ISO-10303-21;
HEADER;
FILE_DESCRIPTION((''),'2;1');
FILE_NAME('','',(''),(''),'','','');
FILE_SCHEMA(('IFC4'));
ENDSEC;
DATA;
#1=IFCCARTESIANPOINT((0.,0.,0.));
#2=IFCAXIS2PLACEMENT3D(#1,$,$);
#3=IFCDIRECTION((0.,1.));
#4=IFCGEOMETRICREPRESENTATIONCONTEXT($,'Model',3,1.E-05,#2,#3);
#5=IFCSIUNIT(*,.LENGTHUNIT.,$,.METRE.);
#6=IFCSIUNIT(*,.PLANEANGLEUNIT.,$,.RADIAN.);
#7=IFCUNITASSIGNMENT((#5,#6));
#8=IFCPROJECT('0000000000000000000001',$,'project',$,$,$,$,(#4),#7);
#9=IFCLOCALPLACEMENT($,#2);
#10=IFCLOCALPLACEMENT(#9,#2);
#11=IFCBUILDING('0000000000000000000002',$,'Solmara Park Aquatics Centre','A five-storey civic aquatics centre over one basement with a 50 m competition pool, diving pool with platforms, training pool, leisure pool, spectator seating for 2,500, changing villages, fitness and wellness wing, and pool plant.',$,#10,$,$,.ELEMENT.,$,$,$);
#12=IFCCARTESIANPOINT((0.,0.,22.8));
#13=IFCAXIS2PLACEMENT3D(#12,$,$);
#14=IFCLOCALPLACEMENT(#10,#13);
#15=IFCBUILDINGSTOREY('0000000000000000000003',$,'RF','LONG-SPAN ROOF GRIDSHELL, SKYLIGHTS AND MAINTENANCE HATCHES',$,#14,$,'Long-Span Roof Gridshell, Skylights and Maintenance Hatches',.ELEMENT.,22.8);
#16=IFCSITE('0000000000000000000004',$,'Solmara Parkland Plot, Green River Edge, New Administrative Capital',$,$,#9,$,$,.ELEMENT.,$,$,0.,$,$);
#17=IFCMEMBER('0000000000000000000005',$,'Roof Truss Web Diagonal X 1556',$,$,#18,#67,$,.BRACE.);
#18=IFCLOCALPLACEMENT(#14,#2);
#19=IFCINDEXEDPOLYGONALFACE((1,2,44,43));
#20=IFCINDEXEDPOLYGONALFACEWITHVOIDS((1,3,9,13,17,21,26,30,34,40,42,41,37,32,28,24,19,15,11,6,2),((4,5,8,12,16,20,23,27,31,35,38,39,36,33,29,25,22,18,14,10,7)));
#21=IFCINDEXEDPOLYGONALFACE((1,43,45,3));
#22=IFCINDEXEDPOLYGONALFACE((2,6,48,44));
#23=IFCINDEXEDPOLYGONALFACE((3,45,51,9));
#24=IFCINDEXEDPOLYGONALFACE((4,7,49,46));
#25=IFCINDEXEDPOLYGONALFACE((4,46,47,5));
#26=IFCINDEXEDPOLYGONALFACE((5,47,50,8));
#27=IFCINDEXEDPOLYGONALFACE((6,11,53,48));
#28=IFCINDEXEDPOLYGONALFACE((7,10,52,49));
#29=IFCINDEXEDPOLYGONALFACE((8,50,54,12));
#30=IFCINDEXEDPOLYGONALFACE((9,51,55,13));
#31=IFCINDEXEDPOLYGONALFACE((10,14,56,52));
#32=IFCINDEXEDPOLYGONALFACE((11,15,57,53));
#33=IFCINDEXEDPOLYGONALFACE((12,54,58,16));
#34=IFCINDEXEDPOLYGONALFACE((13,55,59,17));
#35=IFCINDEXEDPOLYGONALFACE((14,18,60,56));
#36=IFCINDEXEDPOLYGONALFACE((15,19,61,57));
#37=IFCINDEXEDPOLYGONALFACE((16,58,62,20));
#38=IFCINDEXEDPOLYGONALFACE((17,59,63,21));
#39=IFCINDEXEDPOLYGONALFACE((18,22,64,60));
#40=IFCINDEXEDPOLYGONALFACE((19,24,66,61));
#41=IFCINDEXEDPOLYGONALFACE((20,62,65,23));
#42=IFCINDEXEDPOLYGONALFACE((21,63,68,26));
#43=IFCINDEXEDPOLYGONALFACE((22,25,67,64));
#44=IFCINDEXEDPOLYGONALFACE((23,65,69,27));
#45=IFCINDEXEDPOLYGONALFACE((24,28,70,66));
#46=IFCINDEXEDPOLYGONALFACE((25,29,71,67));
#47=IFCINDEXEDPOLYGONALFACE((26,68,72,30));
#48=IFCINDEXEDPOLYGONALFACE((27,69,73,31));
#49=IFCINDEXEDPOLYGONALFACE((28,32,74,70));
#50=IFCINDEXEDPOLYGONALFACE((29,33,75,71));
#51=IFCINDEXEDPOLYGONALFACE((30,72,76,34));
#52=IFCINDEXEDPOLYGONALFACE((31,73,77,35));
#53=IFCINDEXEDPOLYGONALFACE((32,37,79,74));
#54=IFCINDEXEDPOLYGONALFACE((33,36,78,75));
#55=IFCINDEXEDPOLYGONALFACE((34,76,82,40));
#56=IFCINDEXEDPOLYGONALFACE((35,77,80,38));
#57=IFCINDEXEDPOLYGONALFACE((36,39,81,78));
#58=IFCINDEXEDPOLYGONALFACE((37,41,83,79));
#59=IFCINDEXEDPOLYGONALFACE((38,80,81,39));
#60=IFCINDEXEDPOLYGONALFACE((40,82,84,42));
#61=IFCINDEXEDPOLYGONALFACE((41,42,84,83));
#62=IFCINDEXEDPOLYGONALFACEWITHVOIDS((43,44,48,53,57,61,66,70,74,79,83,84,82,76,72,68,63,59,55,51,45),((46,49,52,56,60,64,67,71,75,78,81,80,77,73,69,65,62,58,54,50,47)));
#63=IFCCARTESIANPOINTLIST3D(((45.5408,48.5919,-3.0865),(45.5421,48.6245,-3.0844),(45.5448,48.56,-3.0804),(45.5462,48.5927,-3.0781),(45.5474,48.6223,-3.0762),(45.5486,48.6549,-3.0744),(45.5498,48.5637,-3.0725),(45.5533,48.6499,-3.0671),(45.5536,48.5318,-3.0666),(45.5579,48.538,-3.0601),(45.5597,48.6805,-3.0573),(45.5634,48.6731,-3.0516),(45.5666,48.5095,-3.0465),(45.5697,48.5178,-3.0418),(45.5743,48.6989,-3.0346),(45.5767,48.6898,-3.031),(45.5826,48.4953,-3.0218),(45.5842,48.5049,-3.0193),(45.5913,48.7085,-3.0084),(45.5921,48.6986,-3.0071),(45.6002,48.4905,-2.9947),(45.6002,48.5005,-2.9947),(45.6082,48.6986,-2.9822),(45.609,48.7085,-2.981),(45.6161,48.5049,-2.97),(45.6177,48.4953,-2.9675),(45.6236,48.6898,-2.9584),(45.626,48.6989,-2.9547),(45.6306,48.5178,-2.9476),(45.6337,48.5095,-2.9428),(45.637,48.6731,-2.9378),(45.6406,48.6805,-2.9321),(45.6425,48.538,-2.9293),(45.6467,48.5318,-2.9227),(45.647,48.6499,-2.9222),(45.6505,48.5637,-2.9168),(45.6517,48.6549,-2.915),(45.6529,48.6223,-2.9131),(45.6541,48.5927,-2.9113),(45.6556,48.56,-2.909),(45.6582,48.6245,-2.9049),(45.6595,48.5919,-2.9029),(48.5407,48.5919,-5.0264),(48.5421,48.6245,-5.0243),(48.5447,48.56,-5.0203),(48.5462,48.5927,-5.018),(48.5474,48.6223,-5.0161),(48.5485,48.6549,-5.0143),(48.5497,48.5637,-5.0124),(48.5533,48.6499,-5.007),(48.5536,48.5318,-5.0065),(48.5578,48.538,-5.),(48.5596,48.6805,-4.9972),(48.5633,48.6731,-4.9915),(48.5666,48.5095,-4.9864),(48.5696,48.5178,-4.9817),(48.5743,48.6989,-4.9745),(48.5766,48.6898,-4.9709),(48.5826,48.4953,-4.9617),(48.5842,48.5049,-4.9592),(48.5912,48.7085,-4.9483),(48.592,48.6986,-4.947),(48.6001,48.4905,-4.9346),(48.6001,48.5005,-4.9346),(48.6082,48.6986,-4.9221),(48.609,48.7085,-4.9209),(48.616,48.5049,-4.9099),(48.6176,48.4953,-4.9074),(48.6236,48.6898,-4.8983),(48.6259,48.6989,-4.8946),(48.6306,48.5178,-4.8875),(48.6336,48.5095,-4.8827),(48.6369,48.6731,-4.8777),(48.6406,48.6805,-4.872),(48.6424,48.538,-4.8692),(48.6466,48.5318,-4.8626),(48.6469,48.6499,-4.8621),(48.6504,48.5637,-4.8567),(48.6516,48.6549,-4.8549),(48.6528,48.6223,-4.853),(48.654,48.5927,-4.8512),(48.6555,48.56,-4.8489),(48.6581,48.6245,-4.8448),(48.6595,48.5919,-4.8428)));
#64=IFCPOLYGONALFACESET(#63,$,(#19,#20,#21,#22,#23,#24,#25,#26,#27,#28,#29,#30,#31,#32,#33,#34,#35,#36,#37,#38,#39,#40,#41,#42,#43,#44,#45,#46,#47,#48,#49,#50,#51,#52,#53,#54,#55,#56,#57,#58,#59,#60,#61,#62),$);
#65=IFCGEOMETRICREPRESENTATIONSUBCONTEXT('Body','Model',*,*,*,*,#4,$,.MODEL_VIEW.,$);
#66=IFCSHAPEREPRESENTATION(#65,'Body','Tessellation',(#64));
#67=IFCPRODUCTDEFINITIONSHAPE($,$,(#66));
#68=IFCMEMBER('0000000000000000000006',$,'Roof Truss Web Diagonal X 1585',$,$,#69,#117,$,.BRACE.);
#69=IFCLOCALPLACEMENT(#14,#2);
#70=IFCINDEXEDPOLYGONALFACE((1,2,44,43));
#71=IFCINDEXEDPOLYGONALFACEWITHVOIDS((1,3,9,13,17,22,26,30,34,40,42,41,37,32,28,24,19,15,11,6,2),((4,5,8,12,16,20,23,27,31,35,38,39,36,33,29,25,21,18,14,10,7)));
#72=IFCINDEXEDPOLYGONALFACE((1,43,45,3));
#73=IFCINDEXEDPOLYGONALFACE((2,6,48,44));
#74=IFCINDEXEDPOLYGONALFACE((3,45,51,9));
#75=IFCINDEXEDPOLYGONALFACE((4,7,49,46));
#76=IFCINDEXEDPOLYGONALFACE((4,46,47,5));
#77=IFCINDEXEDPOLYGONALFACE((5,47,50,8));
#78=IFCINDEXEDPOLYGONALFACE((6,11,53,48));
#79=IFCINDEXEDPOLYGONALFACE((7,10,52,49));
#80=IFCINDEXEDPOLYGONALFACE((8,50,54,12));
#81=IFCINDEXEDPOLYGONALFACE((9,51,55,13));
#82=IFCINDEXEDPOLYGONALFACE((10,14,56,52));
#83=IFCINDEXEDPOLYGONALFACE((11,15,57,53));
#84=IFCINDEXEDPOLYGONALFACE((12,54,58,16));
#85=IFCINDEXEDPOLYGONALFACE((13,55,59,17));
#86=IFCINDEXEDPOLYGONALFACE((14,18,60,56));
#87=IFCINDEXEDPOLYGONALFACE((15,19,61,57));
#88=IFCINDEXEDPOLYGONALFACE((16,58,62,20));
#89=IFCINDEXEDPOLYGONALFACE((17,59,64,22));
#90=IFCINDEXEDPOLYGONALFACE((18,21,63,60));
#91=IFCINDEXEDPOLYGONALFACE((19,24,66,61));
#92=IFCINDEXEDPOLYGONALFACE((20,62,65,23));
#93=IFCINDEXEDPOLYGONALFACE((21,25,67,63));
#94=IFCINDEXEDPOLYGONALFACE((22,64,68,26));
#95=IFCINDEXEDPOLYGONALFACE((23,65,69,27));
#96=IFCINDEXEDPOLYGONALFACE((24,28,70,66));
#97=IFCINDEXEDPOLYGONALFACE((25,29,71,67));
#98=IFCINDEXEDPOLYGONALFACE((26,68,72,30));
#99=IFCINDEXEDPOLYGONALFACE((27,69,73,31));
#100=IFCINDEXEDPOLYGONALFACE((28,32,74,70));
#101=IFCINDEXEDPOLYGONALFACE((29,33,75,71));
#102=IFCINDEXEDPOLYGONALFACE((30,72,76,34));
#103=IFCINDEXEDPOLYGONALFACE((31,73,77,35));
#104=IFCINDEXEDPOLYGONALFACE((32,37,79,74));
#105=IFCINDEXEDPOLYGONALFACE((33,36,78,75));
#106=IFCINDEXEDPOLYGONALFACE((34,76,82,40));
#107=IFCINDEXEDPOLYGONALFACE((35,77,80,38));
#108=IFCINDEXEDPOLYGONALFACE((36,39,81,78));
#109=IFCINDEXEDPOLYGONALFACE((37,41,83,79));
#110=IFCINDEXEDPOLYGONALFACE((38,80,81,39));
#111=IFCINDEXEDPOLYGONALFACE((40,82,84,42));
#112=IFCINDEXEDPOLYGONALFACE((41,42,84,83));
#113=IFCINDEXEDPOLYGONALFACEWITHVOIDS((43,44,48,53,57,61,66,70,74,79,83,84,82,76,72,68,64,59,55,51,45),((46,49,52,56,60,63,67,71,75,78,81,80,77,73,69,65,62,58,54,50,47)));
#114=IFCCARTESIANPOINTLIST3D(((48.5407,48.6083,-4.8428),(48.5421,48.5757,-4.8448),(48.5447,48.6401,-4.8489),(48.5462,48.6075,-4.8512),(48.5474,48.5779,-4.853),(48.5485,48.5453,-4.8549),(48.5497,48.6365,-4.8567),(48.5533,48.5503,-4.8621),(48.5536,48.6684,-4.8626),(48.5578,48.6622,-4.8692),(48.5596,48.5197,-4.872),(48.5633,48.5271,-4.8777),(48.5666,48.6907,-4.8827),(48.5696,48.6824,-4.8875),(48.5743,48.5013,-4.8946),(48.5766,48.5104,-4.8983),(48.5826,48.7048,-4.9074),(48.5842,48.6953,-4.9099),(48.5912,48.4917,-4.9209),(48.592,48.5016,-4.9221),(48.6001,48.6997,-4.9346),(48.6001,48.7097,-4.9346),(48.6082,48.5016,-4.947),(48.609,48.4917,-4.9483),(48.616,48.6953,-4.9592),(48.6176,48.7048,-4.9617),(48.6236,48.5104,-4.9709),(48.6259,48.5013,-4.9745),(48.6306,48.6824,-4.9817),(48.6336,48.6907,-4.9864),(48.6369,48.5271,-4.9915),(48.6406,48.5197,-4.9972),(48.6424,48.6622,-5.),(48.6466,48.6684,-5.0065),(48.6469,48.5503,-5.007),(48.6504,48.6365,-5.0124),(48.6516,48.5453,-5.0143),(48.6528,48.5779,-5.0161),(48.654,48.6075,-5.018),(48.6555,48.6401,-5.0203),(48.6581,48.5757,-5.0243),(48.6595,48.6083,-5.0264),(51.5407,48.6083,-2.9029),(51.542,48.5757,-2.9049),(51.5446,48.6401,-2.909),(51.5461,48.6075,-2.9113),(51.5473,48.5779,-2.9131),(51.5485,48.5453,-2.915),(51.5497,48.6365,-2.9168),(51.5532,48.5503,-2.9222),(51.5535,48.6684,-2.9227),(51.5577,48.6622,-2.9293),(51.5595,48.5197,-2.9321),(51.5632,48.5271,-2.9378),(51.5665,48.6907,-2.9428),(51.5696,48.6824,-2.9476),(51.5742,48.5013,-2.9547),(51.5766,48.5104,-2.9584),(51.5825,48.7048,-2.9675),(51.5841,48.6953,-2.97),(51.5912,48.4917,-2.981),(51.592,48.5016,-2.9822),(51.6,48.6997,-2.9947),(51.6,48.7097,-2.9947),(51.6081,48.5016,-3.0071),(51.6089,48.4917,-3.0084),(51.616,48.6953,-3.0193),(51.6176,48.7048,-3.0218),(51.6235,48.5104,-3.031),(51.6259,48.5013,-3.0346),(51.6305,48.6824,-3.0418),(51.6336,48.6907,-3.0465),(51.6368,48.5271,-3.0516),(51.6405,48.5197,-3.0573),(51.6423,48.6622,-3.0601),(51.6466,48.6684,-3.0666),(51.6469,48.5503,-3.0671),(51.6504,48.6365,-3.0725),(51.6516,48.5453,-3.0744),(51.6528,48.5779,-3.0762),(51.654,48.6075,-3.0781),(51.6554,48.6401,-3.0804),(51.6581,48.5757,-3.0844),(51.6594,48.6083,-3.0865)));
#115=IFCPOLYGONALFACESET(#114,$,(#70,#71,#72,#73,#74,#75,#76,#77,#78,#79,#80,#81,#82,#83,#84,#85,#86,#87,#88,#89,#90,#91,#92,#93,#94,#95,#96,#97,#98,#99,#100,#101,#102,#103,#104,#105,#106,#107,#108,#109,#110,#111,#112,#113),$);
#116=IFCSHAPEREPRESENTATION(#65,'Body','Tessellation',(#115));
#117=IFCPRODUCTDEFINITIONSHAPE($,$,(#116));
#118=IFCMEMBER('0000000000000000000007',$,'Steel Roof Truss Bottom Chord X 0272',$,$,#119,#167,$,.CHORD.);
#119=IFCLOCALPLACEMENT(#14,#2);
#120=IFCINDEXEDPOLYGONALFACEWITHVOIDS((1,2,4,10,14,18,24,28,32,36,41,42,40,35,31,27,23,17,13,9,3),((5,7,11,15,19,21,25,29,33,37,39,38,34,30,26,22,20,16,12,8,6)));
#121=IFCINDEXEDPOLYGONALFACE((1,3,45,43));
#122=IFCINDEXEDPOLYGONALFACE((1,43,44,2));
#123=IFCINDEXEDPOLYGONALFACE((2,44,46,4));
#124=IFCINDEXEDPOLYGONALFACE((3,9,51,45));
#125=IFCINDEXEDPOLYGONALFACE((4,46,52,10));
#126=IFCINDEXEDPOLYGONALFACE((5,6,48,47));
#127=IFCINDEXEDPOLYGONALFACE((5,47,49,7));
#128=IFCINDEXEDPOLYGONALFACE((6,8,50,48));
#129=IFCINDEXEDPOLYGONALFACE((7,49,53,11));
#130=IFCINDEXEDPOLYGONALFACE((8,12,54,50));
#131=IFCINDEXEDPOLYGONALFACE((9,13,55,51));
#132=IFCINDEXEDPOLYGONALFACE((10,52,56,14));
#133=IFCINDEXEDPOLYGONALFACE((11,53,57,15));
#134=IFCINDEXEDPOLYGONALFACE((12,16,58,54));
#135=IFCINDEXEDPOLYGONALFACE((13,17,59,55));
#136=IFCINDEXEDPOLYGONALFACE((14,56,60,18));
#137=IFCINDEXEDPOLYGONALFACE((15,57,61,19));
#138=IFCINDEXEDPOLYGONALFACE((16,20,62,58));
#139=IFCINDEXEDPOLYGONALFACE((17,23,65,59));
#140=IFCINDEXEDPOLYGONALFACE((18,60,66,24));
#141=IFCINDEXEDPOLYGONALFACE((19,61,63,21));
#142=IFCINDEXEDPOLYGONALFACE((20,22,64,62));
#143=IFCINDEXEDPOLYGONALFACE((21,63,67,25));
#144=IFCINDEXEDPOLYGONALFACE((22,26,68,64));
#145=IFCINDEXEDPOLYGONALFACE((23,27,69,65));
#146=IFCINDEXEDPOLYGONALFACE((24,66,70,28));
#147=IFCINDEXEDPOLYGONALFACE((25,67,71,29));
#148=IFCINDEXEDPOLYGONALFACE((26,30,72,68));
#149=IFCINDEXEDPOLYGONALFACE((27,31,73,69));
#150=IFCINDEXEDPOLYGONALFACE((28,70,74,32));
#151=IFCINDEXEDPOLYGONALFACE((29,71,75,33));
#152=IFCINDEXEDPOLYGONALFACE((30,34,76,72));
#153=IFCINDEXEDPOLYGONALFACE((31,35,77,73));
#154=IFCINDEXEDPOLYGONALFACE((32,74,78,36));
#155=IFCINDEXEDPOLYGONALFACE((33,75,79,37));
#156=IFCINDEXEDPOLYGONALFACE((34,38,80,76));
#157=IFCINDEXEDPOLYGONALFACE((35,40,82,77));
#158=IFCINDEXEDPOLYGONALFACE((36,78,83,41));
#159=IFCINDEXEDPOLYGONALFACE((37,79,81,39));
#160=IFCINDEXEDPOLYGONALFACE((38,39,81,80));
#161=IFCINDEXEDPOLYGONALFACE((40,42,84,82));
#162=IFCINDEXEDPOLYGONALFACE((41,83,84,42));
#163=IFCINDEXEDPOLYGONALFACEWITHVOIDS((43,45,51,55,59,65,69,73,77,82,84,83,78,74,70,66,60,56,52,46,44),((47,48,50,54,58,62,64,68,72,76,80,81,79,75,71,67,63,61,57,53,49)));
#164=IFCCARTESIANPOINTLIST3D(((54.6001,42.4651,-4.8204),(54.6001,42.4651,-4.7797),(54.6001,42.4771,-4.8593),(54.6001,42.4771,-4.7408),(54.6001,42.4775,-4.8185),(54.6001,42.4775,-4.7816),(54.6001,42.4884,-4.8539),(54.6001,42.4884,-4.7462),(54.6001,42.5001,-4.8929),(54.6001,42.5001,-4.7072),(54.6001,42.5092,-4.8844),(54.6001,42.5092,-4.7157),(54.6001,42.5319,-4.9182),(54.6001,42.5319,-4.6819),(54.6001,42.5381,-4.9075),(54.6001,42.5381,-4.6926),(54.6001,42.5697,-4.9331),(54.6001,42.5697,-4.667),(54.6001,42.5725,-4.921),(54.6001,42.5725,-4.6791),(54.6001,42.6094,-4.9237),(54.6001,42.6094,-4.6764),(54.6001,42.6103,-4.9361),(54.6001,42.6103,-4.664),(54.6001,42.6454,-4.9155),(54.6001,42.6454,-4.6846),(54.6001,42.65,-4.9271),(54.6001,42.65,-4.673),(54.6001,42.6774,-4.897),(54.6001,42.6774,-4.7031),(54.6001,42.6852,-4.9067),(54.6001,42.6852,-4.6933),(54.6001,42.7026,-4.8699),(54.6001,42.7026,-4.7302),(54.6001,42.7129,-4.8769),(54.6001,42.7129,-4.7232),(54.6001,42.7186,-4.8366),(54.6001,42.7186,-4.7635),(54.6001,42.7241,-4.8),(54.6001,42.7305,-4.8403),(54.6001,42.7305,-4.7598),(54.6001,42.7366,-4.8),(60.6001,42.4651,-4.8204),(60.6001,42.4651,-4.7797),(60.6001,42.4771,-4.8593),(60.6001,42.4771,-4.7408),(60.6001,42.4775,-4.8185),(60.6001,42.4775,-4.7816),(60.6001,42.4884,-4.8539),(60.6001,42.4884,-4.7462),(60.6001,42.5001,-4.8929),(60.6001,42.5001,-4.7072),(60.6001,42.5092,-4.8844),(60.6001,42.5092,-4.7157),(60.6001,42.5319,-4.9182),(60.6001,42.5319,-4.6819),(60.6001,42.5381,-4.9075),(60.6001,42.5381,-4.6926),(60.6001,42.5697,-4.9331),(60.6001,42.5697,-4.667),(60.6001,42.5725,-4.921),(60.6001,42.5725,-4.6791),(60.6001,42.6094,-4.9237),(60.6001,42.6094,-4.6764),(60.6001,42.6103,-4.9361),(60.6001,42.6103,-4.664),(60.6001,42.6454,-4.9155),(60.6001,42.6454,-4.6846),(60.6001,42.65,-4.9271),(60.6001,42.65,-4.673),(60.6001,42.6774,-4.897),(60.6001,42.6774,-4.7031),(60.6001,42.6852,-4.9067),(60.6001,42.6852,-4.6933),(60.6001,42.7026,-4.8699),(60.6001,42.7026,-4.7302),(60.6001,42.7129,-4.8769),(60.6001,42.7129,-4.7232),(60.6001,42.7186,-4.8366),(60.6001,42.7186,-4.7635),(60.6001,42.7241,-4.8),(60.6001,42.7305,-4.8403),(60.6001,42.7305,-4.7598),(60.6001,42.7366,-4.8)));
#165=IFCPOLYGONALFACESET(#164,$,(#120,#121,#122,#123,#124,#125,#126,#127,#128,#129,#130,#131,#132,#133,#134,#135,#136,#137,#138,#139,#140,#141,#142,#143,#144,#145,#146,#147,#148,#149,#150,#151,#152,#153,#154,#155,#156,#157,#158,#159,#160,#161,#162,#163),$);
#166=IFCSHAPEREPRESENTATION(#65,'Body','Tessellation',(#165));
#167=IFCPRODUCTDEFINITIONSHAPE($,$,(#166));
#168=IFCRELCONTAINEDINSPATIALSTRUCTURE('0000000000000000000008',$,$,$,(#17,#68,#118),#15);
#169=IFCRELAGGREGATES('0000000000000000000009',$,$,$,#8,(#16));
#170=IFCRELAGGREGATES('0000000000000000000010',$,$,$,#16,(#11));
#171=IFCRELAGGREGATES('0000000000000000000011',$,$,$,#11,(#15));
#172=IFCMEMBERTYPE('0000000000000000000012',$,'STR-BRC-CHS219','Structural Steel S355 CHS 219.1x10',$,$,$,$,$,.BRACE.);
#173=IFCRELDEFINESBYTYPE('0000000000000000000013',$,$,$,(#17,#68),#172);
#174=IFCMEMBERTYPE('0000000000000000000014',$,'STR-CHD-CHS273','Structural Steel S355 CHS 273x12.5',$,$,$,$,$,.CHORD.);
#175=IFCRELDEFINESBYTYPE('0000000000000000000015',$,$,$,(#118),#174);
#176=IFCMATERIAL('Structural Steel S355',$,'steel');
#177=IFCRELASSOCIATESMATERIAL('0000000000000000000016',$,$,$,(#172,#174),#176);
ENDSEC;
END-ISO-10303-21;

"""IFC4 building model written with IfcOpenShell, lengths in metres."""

from ifc_helpers import new_model, si_unit, direction, frame, origin, origin_2d, place, context, subcontext, project, spatial, hollow_circle, extrude, material, material_profile, profile_set, type_object, element, save


model = new_model("IFC4")

# Units and contexts
model_context = context("Model", 3, precision=1e-05, world=origin(), true_north=direction((0.0, 1.0)))
body_context = subcontext(model_context, "Body", "Model", "MODEL_VIEW")
ifc_project = project(units=[si_unit("LENGTHUNIT", "METRE"), si_unit("PLANEANGLEUNIT", "RADIAN")], contexts=[model_context])

# Site, building, storey
site_placement = place(None, origin())
site = spatial("IfcSite", under=ifc_project, at=site_placement, Name="Solmara Parkland Plot, Green River Edge, New Administrative Capital", CompositionType="ELEMENT", RefElevation=0.0)
building_placement = place(site_placement, origin())
building = spatial("IfcBuilding", under=site, at=building_placement, Name="Solmara Park Aquatics Centre", Description="A five-storey civic aquatics centre over one basement with a 50 m competition pool, diving pool with platforms, training pool, leisure pool, spectator seating for 2,500, changing villages, fitness and wellness wing, and pool plant.", CompositionType="ELEMENT")
storey_placement = place(building_placement, frame((0.0, 0.0, 22.8)))
storey = spatial("IfcBuildingStorey", under=building, at=storey_placement, Name="RF", Description="LONG-SPAN ROOF GRIDSHELL, SKYLIGHTS AND MAINTENANCE HATCHES", LongName="Long-Span Roof Gridshell, Skylights and Maintenance Hatches", CompositionType="ELEMENT", Elevation=22.8)

# Members
ifc_material_1 = material(Name="Structural Steel S355", Category="steel")
ifc_material_profile_1 = material_profile(ifc_material_1, hollow_circle(Radius=0.1096, WallThickness=0.01, at=origin_2d()), Name="CHS 219.1x10")
ifc_profile_set_1 = profile_set([ifc_material_profile_1], Name="Structural Steel S355")
member_type_1 = type_object("IfcMemberType", Name="STR-BRC-CHS219", Description="Structural Steel S355 CHS 219.1x10", PredefinedType="BRACE", material=ifc_profile_set_1)
for number, where, z_axis, x_axis, name in (
    (1, (48.6001, 48.6001, -4.9346), (-0.839728, 0.0, 0.543008), (0.0, -1.0, 0.0), "Roof Truss Web Diagonal X 1556"),
    (2, (48.6001, 48.6001, -4.9346), (0.839728, 0.0, 0.543008), (0.0, 1.0, 0.0), "Roof Truss Web Diagonal X 1585"),
):
    element("IfcMember", number, at=place(storey_placement, frame(where, z_axis=z_axis, x_axis=x_axis)), inside=storey, type_object=member_type_1, Name=name, PredefinedType="BRACE", context=body_context, shape_type="SweptSolid", body=[
        extrude(hollow_circle(Radius=0.1096, WallThickness=0.01, at=origin_2d()), origin(), (0.0, 0.0, 1.0), 3.5725),
    ])
ifc_material_profile_2 = material_profile(ifc_material_1, hollow_circle(Radius=0.1365, WallThickness=0.0125, at=origin_2d()), Name="CHS 273x12.5")
ifc_profile_set_2 = profile_set([ifc_material_profile_2], Name="Structural Steel S355")
member_type_2 = type_object("IfcMemberType", Name="STR-CHD-CHS273", Description="Structural Steel S355 CHS 273x12.5", PredefinedType="CHORD", material=ifc_profile_set_2)
member_1_placement = place(storey_placement, frame((54.6001, 42.6001, -4.8), z_axis=(1.0, 0.0, 0.0), x_axis=(0.0, 1.0, 0.0)))
element("IfcMember", 3, at=member_1_placement, inside=storey, type_object=member_type_2, Name="Steel Roof Truss Bottom Chord X 0272", PredefinedType="CHORD", context=body_context, shape_type="SweptSolid", body=[
    extrude(hollow_circle(Radius=0.1365, WallThickness=0.0125, at=origin_2d()), origin(), (0.0, 0.0, 1.0), 6.0),
])

save(model, "model.ifc")
